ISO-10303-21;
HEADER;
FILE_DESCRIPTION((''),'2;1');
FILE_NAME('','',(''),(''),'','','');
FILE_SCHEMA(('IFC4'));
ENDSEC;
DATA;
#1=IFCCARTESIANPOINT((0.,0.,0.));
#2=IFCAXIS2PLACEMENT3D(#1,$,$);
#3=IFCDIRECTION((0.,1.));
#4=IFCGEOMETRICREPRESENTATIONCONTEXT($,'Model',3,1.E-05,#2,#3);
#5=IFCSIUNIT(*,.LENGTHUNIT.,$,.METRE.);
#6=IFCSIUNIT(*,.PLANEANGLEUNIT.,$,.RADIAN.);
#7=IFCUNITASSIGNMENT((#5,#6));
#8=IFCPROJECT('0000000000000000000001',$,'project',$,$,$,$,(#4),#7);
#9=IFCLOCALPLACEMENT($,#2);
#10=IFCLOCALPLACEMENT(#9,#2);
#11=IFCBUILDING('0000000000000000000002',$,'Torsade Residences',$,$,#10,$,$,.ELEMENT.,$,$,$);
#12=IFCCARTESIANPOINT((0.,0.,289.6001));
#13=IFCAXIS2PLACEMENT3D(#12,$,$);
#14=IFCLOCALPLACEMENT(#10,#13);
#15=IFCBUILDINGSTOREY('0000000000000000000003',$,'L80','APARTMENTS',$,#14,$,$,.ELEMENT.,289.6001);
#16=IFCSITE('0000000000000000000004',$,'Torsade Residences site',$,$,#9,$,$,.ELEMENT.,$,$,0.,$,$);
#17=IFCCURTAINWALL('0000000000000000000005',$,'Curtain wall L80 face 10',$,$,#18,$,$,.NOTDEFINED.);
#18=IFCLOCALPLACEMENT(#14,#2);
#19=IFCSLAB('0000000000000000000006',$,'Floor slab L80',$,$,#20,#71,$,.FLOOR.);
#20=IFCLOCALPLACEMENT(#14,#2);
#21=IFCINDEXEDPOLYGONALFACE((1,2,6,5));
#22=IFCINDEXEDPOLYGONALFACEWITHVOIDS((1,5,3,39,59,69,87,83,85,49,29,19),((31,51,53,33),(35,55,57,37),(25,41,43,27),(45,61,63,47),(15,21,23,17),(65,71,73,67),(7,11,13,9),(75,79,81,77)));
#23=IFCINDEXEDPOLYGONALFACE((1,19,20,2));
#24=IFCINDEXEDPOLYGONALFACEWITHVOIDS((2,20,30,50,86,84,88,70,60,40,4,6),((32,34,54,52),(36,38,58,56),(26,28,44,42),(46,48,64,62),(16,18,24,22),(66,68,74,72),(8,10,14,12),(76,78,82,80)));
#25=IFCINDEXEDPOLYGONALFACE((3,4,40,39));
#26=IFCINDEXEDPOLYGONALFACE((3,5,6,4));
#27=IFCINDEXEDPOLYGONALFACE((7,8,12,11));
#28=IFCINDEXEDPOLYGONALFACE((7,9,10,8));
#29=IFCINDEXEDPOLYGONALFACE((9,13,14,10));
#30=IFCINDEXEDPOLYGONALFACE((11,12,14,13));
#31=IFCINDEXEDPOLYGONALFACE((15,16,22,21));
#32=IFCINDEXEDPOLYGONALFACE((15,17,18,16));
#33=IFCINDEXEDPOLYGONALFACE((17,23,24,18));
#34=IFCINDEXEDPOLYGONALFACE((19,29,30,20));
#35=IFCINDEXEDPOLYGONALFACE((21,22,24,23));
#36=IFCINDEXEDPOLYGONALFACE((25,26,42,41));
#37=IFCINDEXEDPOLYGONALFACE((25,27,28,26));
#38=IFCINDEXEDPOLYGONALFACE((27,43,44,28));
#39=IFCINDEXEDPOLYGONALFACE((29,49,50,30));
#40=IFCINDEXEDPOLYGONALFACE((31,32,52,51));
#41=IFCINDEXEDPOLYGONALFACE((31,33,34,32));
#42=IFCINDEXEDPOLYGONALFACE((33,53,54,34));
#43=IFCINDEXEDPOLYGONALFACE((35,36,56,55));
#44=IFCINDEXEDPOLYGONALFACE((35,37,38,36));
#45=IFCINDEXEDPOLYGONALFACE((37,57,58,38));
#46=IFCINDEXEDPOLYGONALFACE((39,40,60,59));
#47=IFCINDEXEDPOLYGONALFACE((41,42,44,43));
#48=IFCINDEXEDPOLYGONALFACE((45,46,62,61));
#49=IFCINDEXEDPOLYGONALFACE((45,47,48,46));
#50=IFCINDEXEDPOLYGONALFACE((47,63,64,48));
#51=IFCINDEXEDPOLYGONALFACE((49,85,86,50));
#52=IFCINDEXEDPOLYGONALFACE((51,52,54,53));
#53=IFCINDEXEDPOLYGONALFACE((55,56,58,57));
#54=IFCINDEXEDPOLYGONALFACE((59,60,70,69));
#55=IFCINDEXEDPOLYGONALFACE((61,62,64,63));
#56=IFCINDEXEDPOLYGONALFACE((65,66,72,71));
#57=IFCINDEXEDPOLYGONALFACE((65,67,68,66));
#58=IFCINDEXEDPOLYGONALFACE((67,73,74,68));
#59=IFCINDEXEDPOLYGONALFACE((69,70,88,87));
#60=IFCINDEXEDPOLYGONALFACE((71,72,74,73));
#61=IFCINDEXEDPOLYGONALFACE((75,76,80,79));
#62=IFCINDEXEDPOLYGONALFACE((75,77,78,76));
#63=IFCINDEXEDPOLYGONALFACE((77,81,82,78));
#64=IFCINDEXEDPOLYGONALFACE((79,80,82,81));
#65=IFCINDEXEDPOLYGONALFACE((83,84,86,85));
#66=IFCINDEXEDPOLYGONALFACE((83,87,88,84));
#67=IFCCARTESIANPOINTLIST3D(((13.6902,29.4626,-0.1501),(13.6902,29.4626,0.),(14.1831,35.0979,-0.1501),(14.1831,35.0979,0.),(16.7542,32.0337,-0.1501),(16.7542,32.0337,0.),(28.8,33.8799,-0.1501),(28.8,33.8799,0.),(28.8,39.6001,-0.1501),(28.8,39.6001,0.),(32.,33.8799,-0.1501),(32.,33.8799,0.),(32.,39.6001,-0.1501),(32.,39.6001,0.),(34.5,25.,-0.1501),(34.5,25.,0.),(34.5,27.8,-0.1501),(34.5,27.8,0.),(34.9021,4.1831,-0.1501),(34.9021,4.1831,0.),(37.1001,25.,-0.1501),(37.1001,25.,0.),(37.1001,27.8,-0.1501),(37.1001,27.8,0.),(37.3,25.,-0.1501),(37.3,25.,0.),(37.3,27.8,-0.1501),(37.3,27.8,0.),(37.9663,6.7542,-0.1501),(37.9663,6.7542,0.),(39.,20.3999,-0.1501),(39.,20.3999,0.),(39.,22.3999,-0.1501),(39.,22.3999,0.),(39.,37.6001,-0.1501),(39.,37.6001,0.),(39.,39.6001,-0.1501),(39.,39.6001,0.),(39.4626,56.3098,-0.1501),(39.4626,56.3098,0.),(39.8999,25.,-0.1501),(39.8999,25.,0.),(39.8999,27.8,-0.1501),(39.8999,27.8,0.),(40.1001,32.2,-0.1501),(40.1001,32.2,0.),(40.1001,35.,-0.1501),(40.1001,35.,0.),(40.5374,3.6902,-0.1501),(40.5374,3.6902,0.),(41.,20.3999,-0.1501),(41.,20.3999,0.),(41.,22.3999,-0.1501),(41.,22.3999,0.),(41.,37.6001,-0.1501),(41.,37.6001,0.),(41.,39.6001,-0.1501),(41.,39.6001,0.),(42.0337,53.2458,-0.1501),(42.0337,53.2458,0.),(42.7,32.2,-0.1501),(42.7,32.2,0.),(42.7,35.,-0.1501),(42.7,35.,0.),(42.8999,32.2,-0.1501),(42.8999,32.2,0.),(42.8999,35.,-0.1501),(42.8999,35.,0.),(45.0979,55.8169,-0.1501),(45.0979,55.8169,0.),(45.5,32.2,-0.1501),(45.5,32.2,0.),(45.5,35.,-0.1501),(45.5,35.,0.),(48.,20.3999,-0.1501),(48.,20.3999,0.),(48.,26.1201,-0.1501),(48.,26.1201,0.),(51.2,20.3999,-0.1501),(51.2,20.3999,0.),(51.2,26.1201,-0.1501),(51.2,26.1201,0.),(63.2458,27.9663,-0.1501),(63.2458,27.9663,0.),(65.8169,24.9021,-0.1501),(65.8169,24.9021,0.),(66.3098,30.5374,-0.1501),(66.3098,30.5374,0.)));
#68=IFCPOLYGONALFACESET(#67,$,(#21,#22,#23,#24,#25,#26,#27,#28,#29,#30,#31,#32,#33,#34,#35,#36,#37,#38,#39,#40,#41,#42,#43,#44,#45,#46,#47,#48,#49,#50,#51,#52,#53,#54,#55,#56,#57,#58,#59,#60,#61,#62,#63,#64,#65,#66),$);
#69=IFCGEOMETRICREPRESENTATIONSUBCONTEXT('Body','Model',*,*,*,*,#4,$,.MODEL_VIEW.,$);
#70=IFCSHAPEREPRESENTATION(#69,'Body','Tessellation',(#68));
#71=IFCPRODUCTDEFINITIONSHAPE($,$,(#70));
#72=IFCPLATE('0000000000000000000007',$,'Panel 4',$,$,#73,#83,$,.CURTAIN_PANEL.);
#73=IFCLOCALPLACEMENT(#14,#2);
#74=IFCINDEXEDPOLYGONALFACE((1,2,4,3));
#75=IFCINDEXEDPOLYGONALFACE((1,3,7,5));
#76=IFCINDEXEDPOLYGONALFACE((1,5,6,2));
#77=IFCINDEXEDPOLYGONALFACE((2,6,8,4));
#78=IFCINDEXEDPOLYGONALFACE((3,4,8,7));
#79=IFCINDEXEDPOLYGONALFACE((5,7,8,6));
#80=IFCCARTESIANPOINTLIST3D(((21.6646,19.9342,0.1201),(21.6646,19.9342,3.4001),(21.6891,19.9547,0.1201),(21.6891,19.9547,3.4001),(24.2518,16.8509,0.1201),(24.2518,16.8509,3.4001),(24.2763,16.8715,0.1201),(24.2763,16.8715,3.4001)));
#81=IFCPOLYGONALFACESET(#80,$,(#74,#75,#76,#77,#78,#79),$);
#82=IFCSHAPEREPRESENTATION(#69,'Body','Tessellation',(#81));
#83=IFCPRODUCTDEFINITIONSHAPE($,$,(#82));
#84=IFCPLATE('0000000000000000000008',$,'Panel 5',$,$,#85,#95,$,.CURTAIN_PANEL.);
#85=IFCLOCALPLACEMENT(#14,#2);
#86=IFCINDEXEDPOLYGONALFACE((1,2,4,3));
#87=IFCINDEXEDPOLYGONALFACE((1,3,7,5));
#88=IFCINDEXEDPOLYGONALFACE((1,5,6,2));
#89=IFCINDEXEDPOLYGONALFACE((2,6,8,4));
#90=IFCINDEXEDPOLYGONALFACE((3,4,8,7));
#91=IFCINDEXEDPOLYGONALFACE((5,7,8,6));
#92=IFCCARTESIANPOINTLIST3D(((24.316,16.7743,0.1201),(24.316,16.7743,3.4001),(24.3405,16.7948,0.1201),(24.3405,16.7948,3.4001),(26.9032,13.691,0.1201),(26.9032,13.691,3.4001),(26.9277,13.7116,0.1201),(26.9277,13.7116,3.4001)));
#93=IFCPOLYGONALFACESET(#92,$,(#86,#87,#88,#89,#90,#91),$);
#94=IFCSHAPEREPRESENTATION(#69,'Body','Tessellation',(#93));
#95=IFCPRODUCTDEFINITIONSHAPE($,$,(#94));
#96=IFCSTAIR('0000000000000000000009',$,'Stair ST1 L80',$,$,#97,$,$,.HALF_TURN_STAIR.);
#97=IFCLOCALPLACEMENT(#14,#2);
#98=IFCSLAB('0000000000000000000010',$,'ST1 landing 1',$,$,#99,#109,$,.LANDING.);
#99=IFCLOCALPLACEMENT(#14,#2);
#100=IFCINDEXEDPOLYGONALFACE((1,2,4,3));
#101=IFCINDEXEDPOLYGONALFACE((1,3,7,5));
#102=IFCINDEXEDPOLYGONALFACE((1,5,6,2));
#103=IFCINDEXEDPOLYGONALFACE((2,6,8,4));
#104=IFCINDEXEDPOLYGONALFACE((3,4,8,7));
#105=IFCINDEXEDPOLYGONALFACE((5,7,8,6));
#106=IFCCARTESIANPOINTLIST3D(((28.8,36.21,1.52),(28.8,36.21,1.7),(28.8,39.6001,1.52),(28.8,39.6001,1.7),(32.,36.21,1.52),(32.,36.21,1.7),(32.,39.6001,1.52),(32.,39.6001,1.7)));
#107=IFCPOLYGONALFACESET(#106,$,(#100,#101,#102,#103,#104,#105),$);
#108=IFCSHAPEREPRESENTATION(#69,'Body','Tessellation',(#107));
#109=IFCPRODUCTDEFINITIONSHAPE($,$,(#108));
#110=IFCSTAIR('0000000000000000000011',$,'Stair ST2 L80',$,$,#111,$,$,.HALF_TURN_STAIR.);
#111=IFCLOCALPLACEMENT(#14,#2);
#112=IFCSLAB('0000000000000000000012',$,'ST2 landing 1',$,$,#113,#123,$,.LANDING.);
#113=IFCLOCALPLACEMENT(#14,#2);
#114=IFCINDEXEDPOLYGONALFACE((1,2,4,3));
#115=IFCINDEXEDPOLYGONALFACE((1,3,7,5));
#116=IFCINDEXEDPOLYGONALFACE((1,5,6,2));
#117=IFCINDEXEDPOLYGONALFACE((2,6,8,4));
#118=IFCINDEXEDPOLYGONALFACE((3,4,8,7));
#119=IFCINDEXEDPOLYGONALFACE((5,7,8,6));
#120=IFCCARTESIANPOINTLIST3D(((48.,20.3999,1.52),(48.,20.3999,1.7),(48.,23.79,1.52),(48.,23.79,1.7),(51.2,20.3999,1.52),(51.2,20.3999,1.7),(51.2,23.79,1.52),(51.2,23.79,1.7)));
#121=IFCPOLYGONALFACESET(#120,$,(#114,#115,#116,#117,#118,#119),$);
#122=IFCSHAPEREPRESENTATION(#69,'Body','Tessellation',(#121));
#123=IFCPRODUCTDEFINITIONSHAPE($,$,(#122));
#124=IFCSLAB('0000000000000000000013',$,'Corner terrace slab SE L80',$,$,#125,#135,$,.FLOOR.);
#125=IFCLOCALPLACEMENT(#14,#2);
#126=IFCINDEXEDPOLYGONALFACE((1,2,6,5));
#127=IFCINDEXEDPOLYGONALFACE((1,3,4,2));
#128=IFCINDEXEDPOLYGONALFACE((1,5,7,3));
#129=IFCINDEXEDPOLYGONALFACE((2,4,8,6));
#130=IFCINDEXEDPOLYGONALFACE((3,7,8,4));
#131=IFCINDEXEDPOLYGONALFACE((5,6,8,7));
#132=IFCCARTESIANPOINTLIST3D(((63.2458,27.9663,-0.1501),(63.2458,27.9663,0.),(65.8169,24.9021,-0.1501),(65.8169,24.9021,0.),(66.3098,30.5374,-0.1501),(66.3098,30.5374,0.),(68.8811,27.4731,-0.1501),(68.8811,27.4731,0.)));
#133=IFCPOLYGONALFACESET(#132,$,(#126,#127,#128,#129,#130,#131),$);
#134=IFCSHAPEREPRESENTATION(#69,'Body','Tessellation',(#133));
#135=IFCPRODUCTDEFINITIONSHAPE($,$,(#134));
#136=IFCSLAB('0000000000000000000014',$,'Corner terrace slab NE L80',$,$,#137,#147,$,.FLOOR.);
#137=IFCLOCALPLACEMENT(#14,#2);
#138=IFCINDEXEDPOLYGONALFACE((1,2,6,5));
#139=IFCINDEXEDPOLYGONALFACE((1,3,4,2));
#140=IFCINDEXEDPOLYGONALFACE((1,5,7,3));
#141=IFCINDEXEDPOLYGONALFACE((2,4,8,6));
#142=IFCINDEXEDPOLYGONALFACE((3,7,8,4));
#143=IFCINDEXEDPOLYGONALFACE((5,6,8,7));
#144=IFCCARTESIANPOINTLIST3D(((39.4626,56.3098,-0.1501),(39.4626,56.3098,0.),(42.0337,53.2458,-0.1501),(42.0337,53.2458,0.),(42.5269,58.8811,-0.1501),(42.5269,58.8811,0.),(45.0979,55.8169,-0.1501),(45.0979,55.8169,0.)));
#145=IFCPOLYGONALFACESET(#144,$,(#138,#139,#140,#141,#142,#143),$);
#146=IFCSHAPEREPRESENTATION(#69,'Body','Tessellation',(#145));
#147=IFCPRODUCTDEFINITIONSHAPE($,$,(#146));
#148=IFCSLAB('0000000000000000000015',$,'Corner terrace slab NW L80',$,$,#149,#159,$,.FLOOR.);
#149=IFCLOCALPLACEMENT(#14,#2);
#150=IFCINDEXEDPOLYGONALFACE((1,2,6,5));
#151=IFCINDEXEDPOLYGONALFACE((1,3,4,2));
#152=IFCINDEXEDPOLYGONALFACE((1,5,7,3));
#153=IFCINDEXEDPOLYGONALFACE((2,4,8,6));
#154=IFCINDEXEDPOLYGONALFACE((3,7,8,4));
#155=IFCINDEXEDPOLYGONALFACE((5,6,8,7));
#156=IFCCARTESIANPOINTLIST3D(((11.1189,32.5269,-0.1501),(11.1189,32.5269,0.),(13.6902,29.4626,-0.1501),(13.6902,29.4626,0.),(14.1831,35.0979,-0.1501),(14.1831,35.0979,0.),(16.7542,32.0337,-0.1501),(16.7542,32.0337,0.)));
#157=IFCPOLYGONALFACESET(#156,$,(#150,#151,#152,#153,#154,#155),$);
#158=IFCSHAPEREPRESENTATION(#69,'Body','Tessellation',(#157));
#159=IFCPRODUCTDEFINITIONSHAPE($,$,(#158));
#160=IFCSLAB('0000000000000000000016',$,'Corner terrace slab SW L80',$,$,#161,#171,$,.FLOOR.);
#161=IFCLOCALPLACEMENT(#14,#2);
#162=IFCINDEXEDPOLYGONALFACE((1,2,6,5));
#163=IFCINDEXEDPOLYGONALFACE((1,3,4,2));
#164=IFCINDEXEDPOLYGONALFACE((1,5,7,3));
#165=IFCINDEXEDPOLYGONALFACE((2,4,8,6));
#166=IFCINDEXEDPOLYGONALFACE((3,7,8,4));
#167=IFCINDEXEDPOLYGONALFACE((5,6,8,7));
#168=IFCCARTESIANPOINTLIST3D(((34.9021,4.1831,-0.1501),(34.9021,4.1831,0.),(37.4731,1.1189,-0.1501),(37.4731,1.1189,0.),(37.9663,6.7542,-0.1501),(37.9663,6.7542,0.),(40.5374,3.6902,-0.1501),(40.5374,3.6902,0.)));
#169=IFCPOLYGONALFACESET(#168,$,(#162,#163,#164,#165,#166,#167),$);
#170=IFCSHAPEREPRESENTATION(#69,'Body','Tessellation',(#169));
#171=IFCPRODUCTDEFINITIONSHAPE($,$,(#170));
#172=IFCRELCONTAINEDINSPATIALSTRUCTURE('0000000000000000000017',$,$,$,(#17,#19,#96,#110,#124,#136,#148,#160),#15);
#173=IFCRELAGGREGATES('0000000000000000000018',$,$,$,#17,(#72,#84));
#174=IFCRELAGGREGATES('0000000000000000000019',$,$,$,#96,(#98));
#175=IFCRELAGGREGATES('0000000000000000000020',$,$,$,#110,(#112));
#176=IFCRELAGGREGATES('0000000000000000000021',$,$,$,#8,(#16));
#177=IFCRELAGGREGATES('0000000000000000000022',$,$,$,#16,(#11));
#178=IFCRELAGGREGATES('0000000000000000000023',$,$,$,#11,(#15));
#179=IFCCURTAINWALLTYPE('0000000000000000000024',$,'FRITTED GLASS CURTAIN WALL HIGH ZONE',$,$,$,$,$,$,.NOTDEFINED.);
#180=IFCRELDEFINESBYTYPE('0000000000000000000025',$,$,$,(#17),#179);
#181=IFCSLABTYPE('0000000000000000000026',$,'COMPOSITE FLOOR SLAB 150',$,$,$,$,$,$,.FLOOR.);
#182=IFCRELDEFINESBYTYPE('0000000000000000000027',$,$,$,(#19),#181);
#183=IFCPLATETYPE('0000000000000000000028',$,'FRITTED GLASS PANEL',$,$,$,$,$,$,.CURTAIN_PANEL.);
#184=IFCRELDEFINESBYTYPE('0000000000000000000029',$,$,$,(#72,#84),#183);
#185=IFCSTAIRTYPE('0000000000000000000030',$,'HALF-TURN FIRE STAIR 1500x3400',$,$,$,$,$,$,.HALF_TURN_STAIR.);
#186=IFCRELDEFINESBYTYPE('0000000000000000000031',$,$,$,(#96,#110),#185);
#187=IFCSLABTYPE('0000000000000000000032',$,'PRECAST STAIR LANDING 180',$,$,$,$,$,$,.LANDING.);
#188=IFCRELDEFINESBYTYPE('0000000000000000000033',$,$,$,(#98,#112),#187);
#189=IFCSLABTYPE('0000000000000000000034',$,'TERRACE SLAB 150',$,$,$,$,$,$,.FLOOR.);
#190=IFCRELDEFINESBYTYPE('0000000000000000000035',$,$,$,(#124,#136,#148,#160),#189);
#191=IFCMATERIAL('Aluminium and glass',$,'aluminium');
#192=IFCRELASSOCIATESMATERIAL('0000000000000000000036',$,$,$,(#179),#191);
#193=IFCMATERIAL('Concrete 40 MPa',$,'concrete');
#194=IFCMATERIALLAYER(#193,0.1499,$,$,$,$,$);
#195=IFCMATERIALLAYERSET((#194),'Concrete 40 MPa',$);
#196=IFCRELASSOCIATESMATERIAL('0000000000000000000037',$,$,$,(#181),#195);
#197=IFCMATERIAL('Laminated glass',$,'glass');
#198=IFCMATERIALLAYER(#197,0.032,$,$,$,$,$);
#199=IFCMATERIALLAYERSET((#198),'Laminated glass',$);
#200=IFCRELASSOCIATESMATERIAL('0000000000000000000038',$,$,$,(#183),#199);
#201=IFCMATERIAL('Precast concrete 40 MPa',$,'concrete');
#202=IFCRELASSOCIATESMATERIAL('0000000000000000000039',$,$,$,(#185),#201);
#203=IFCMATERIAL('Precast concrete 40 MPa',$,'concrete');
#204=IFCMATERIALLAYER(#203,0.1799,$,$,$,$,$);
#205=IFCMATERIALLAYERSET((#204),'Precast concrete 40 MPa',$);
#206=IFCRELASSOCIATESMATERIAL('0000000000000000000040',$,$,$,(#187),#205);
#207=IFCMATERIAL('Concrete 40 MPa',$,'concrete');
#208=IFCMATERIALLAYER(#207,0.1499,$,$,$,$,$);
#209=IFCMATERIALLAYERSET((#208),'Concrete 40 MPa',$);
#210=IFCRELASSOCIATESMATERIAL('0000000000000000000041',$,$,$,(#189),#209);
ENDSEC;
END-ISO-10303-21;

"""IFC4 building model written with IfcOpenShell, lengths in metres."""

from ifc_helpers import new_model, si_unit, direction, frame, origin, origin_2d, place, context, subcontext, project, spatial, polyline, rectangle, outline, extrude, material, layer, layer_set, type_object, element, aggregate, save


model = new_model("IFC4")

# Units and contexts
model_context = context("Model", 3, precision=1e-05, world=origin(), true_north=direction((0.0, 1.0)))
body_context = subcontext(model_context, "Body", "Model", "MODEL_VIEW")
ifc_project = project(units=[si_unit("LENGTHUNIT", "METRE"), si_unit("PLANEANGLEUNIT", "RADIAN")], contexts=[model_context])

# Site, building, storey
site_placement = place(None, origin())
site = spatial("IfcSite", under=ifc_project, at=site_placement, Name="Torsade Residences site", CompositionType="ELEMENT", RefElevation=0.0)
building_placement = place(site_placement, origin())
building = spatial("IfcBuilding", under=site, at=building_placement, Name="Torsade Residences", CompositionType="ELEMENT")
storey_placement = place(building_placement, frame((0.0, 0.0, 289.6001)))
storey = spatial("IfcBuildingStorey", under=building, at=storey_placement, Name="L80", Description="APARTMENTS", CompositionType="ELEMENT", Elevation=289.6001)

# Curtain wall
ifc_material_1 = material(Name="Aluminium and glass", Category="aluminium")
curtain_wall_type = type_object("IfcCurtainWallType", Name="FRITTED GLASS CURTAIN WALL HIGH ZONE", PredefinedType="NOTDEFINED", material=ifc_material_1)
curtain_wall_placement = place(storey_placement, origin())
curtain_wall = element("IfcCurtainWall", 1, at=curtain_wall_placement, inside=storey, type_object=curtain_wall_type, Name="Curtain wall L80 face 10", PredefinedType="NOTDEFINED")

# Slab
ifc_material_2 = material(Name="Concrete 40 MPa", Category="concrete")
ifc_layer_1 = layer(ifc_material_2, 0.1499)
ifc_layer_set_1 = layer_set([ifc_layer_1], Name="Concrete 40 MPa")
slab_type_1 = type_object("IfcSlabType", Name="COMPOSITE FLOOR SLAB 150", PredefinedType="FLOOR", material=ifc_layer_set_1)
slab_1_placement = place(storey_placement, frame((0.0, 0.0, -0.1501)))
element("IfcSlab", 2, at=slab_1_placement, inside=storey, type_object=slab_type_1, Name="Floor slab L80", PredefinedType="FLOOR", context=body_context, shape_type="SweptSolid", body=[
    extrude(outline(polyline([(40.5374, 3.6902), (65.8169, 24.9021), (63.2458, 27.9663), (66.3098, 30.5374), (45.0979, 55.8169), (42.0337, 53.2458), (39.4626, 56.3098), (14.1831, 35.0979), (16.7542, 32.0337), (13.6902, 29.4626), (34.9021, 4.1831), (37.9663, 6.7542), (40.5374, 3.6902)]), holes=[polyline([(51.2, 26.1201), (48.0, 26.1201), (48.0, 20.3999), (51.2, 20.3999), (51.2, 26.1201)]), polyline([(45.5, 35.0), (42.8999, 35.0), (42.8999, 32.2), (45.5, 32.2), (45.5, 35.0)]), polyline([(42.7, 35.0), (40.1001, 35.0), (40.1001, 32.2), (42.7, 32.2), (42.7, 35.0)]), polyline([(41.0, 22.3999), (39.0, 22.3999), (39.0, 20.3999), (41.0, 20.3999), (41.0, 22.3999)]), polyline([(41.0, 39.6001), (39.0, 39.6001), (39.0, 37.6001), (41.0, 37.6001), (41.0, 39.6001)]), polyline([(39.8999, 27.8), (37.3, 27.8), (37.3, 25.0), (39.8999, 25.0), (39.8999, 27.8)]), polyline([(37.1001, 27.8), (34.5, 27.8), (34.5, 25.0), (37.1001, 25.0), (37.1001, 27.8)]), polyline([(32.0, 39.6001), (28.8, 39.6001), (28.8, 33.8799), (32.0, 33.8799), (32.0, 39.6001)])]), origin(), (0.0, 0.0, 1.0), 0.1501),
])

# Plates
ifc_material_3 = material(Name="Laminated glass", Category="glass")
ifc_layer_2 = layer(ifc_material_3, 0.032)
ifc_layer_set_2 = layer_set([ifc_layer_2], Name="Laminated glass")
plate_type = type_object("IfcPlateType", Name="FRITTED GLASS PANEL", PredefinedType="CURTAIN_PANEL", material=ifc_layer_set_2)
plate_1_placement = place(storey_placement, frame((22.9705, 18.4028, 0.1201), z_axis=(0.0, 0.0, 1.0), x_axis=(0.642788, -0.766044, 0.0)))
plate_1 = element("IfcPlate", 3, at=plate_1_placement, type_object=plate_type, Name="Panel 4", PredefinedType="CURTAIN_PANEL", context=body_context, shape_type="SweptSolid", body=[
    extrude(rectangle(XDim=4.0249, YDim=0.032, at=origin_2d()), origin(), (0.0, 0.0, 1.0), 3.28),
])
plate_2_placement = place(storey_placement, frame((25.6218, 15.2429, 0.1201), z_axis=(0.0, 0.0, 1.0), x_axis=(0.642788, -0.766044, 0.0)))
plate_2 = element("IfcPlate", 4, at=plate_2_placement, type_object=plate_type, Name="Panel 5", PredefinedType="CURTAIN_PANEL", context=body_context, shape_type="SweptSolid", body=[
    extrude(rectangle(XDim=4.0249, YDim=0.032, at=origin_2d()), origin(), (0.0, 0.0, 1.0), 3.28),
])
aggregate(curtain_wall, [plate_1, plate_2])

# Stairs, slabs
ifc_material_4 = material(Name="Precast concrete 40 MPa", Category="concrete")
stair_type = type_object("IfcStairType", Name="HALF-TURN FIRE STAIR 1500x3400", PredefinedType="HALF_TURN_STAIR", material=ifc_material_4)
stair_1_placement = place(storey_placement, origin())
stair_1 = element("IfcStair", 5, at=stair_1_placement, inside=storey, type_object=stair_type, Name="Stair ST1 L80", PredefinedType="HALF_TURN_STAIR")
ifc_material_5 = material(Name="Precast concrete 40 MPa", Category="concrete")
ifc_layer_3 = layer(ifc_material_5, 0.1799)
ifc_layer_set_3 = layer_set([ifc_layer_3], Name="Precast concrete 40 MPa")
slab_type_2 = type_object("IfcSlabType", Name="PRECAST STAIR LANDING 180", PredefinedType="LANDING", material=ifc_layer_set_3)
slab_2_placement = place(storey_placement, frame((0.0, 0.0, 1.52)))
slab_2 = element("IfcSlab", 6, at=slab_2_placement, type_object=slab_type_2, Name="ST1 landing 1", PredefinedType="LANDING", context=body_context, shape_type="SweptSolid", body=[
    extrude(outline(polyline([(28.8, 36.21), (32.0, 36.21), (32.0, 39.6001), (28.8, 39.6001), (28.8, 36.21)])), origin(), (0.0, 0.0, 1.0), 0.1799),
])
aggregate(stair_1, [slab_2])
stair_2_placement = place(storey_placement, origin())
stair_2 = element("IfcStair", 7, at=stair_2_placement, inside=storey, type_object=stair_type, Name="Stair ST2 L80", PredefinedType="HALF_TURN_STAIR")
slab_3_placement = place(storey_placement, frame((0.0, 0.0, 1.52)))
slab_3 = element("IfcSlab", 8, at=slab_3_placement, type_object=slab_type_2, Name="ST2 landing 1", PredefinedType="LANDING", context=body_context, shape_type="SweptSolid", body=[
    extrude(outline(polyline([(48.0, 20.3999), (51.2, 20.3999), (51.2, 23.79), (48.0, 23.79), (48.0, 20.3999)])), origin(), (0.0, 0.0, 1.0), 0.1799),
])
aggregate(stair_2, [slab_3])

# Slabs
ifc_material_6 = material(Name="Concrete 40 MPa", Category="concrete")
ifc_layer_4 = layer(ifc_material_6, 0.1499)
ifc_layer_set_4 = layer_set([ifc_layer_4], Name="Concrete 40 MPa")
slab_type_3 = type_object("IfcSlabType", Name="TERRACE SLAB 150", PredefinedType="FLOOR", material=ifc_layer_set_4)
slab_4_placement = place(storey_placement, frame((0.0, 0.0, -0.1501)))
element("IfcSlab", 9, at=slab_4_placement, inside=storey, type_object=slab_type_3, Name="Corner terrace slab SE L80", PredefinedType="FLOOR", context=body_context, shape_type="SweptSolid", body=[
    extrude(outline(polyline([(65.8169, 24.9021), (68.8811, 27.4731), (66.3098, 30.5374), (63.2458, 27.9663), (65.8169, 24.9021)])), origin(), (0.0, 0.0, 1.0), 0.1501),
])
slab_5_placement = place(storey_placement, frame((0.0, 0.0, -0.1501)))
element("IfcSlab", 10, at=slab_5_placement, inside=storey, type_object=slab_type_3, Name="Corner terrace slab NE L80", PredefinedType="FLOOR", context=body_context, shape_type="SweptSolid", body=[
    extrude(outline(polyline([(42.0337, 53.2458), (45.0979, 55.8169), (42.5269, 58.8811), (39.4626, 56.3098), (42.0337, 53.2458)])), origin(), (0.0, 0.0, 1.0), 0.1501),
])
slab_6_placement = place(storey_placement, frame((0.0, 0.0, -0.1501)))
element("IfcSlab", 11, at=slab_6_placement, inside=storey, type_object=slab_type_3, Name="Corner terrace slab NW L80", PredefinedType="FLOOR", context=body_context, shape_type="SweptSolid", body=[
    extrude(outline(polyline([(13.6902, 29.4626), (16.7542, 32.0337), (14.1831, 35.0979), (11.1189, 32.5269), (13.6902, 29.4626)])), origin(), (0.0, 0.0, 1.0), 0.1501),
])
slab_7_placement = place(storey_placement, frame((0.0, 0.0, -0.1501)))
element("IfcSlab", 12, at=slab_7_placement, inside=storey, type_object=slab_type_3, Name="Corner terrace slab SW L80", PredefinedType="FLOOR", context=body_context, shape_type="SweptSolid", body=[
    extrude(outline(polyline([(37.4731, 1.1189), (40.5374, 3.6902), (37.9663, 6.7542), (34.9021, 4.1831), (37.4731, 1.1189)])), origin(), (0.0, 0.0, 1.0), 0.1501),
])

save(model, "model.ifc")
